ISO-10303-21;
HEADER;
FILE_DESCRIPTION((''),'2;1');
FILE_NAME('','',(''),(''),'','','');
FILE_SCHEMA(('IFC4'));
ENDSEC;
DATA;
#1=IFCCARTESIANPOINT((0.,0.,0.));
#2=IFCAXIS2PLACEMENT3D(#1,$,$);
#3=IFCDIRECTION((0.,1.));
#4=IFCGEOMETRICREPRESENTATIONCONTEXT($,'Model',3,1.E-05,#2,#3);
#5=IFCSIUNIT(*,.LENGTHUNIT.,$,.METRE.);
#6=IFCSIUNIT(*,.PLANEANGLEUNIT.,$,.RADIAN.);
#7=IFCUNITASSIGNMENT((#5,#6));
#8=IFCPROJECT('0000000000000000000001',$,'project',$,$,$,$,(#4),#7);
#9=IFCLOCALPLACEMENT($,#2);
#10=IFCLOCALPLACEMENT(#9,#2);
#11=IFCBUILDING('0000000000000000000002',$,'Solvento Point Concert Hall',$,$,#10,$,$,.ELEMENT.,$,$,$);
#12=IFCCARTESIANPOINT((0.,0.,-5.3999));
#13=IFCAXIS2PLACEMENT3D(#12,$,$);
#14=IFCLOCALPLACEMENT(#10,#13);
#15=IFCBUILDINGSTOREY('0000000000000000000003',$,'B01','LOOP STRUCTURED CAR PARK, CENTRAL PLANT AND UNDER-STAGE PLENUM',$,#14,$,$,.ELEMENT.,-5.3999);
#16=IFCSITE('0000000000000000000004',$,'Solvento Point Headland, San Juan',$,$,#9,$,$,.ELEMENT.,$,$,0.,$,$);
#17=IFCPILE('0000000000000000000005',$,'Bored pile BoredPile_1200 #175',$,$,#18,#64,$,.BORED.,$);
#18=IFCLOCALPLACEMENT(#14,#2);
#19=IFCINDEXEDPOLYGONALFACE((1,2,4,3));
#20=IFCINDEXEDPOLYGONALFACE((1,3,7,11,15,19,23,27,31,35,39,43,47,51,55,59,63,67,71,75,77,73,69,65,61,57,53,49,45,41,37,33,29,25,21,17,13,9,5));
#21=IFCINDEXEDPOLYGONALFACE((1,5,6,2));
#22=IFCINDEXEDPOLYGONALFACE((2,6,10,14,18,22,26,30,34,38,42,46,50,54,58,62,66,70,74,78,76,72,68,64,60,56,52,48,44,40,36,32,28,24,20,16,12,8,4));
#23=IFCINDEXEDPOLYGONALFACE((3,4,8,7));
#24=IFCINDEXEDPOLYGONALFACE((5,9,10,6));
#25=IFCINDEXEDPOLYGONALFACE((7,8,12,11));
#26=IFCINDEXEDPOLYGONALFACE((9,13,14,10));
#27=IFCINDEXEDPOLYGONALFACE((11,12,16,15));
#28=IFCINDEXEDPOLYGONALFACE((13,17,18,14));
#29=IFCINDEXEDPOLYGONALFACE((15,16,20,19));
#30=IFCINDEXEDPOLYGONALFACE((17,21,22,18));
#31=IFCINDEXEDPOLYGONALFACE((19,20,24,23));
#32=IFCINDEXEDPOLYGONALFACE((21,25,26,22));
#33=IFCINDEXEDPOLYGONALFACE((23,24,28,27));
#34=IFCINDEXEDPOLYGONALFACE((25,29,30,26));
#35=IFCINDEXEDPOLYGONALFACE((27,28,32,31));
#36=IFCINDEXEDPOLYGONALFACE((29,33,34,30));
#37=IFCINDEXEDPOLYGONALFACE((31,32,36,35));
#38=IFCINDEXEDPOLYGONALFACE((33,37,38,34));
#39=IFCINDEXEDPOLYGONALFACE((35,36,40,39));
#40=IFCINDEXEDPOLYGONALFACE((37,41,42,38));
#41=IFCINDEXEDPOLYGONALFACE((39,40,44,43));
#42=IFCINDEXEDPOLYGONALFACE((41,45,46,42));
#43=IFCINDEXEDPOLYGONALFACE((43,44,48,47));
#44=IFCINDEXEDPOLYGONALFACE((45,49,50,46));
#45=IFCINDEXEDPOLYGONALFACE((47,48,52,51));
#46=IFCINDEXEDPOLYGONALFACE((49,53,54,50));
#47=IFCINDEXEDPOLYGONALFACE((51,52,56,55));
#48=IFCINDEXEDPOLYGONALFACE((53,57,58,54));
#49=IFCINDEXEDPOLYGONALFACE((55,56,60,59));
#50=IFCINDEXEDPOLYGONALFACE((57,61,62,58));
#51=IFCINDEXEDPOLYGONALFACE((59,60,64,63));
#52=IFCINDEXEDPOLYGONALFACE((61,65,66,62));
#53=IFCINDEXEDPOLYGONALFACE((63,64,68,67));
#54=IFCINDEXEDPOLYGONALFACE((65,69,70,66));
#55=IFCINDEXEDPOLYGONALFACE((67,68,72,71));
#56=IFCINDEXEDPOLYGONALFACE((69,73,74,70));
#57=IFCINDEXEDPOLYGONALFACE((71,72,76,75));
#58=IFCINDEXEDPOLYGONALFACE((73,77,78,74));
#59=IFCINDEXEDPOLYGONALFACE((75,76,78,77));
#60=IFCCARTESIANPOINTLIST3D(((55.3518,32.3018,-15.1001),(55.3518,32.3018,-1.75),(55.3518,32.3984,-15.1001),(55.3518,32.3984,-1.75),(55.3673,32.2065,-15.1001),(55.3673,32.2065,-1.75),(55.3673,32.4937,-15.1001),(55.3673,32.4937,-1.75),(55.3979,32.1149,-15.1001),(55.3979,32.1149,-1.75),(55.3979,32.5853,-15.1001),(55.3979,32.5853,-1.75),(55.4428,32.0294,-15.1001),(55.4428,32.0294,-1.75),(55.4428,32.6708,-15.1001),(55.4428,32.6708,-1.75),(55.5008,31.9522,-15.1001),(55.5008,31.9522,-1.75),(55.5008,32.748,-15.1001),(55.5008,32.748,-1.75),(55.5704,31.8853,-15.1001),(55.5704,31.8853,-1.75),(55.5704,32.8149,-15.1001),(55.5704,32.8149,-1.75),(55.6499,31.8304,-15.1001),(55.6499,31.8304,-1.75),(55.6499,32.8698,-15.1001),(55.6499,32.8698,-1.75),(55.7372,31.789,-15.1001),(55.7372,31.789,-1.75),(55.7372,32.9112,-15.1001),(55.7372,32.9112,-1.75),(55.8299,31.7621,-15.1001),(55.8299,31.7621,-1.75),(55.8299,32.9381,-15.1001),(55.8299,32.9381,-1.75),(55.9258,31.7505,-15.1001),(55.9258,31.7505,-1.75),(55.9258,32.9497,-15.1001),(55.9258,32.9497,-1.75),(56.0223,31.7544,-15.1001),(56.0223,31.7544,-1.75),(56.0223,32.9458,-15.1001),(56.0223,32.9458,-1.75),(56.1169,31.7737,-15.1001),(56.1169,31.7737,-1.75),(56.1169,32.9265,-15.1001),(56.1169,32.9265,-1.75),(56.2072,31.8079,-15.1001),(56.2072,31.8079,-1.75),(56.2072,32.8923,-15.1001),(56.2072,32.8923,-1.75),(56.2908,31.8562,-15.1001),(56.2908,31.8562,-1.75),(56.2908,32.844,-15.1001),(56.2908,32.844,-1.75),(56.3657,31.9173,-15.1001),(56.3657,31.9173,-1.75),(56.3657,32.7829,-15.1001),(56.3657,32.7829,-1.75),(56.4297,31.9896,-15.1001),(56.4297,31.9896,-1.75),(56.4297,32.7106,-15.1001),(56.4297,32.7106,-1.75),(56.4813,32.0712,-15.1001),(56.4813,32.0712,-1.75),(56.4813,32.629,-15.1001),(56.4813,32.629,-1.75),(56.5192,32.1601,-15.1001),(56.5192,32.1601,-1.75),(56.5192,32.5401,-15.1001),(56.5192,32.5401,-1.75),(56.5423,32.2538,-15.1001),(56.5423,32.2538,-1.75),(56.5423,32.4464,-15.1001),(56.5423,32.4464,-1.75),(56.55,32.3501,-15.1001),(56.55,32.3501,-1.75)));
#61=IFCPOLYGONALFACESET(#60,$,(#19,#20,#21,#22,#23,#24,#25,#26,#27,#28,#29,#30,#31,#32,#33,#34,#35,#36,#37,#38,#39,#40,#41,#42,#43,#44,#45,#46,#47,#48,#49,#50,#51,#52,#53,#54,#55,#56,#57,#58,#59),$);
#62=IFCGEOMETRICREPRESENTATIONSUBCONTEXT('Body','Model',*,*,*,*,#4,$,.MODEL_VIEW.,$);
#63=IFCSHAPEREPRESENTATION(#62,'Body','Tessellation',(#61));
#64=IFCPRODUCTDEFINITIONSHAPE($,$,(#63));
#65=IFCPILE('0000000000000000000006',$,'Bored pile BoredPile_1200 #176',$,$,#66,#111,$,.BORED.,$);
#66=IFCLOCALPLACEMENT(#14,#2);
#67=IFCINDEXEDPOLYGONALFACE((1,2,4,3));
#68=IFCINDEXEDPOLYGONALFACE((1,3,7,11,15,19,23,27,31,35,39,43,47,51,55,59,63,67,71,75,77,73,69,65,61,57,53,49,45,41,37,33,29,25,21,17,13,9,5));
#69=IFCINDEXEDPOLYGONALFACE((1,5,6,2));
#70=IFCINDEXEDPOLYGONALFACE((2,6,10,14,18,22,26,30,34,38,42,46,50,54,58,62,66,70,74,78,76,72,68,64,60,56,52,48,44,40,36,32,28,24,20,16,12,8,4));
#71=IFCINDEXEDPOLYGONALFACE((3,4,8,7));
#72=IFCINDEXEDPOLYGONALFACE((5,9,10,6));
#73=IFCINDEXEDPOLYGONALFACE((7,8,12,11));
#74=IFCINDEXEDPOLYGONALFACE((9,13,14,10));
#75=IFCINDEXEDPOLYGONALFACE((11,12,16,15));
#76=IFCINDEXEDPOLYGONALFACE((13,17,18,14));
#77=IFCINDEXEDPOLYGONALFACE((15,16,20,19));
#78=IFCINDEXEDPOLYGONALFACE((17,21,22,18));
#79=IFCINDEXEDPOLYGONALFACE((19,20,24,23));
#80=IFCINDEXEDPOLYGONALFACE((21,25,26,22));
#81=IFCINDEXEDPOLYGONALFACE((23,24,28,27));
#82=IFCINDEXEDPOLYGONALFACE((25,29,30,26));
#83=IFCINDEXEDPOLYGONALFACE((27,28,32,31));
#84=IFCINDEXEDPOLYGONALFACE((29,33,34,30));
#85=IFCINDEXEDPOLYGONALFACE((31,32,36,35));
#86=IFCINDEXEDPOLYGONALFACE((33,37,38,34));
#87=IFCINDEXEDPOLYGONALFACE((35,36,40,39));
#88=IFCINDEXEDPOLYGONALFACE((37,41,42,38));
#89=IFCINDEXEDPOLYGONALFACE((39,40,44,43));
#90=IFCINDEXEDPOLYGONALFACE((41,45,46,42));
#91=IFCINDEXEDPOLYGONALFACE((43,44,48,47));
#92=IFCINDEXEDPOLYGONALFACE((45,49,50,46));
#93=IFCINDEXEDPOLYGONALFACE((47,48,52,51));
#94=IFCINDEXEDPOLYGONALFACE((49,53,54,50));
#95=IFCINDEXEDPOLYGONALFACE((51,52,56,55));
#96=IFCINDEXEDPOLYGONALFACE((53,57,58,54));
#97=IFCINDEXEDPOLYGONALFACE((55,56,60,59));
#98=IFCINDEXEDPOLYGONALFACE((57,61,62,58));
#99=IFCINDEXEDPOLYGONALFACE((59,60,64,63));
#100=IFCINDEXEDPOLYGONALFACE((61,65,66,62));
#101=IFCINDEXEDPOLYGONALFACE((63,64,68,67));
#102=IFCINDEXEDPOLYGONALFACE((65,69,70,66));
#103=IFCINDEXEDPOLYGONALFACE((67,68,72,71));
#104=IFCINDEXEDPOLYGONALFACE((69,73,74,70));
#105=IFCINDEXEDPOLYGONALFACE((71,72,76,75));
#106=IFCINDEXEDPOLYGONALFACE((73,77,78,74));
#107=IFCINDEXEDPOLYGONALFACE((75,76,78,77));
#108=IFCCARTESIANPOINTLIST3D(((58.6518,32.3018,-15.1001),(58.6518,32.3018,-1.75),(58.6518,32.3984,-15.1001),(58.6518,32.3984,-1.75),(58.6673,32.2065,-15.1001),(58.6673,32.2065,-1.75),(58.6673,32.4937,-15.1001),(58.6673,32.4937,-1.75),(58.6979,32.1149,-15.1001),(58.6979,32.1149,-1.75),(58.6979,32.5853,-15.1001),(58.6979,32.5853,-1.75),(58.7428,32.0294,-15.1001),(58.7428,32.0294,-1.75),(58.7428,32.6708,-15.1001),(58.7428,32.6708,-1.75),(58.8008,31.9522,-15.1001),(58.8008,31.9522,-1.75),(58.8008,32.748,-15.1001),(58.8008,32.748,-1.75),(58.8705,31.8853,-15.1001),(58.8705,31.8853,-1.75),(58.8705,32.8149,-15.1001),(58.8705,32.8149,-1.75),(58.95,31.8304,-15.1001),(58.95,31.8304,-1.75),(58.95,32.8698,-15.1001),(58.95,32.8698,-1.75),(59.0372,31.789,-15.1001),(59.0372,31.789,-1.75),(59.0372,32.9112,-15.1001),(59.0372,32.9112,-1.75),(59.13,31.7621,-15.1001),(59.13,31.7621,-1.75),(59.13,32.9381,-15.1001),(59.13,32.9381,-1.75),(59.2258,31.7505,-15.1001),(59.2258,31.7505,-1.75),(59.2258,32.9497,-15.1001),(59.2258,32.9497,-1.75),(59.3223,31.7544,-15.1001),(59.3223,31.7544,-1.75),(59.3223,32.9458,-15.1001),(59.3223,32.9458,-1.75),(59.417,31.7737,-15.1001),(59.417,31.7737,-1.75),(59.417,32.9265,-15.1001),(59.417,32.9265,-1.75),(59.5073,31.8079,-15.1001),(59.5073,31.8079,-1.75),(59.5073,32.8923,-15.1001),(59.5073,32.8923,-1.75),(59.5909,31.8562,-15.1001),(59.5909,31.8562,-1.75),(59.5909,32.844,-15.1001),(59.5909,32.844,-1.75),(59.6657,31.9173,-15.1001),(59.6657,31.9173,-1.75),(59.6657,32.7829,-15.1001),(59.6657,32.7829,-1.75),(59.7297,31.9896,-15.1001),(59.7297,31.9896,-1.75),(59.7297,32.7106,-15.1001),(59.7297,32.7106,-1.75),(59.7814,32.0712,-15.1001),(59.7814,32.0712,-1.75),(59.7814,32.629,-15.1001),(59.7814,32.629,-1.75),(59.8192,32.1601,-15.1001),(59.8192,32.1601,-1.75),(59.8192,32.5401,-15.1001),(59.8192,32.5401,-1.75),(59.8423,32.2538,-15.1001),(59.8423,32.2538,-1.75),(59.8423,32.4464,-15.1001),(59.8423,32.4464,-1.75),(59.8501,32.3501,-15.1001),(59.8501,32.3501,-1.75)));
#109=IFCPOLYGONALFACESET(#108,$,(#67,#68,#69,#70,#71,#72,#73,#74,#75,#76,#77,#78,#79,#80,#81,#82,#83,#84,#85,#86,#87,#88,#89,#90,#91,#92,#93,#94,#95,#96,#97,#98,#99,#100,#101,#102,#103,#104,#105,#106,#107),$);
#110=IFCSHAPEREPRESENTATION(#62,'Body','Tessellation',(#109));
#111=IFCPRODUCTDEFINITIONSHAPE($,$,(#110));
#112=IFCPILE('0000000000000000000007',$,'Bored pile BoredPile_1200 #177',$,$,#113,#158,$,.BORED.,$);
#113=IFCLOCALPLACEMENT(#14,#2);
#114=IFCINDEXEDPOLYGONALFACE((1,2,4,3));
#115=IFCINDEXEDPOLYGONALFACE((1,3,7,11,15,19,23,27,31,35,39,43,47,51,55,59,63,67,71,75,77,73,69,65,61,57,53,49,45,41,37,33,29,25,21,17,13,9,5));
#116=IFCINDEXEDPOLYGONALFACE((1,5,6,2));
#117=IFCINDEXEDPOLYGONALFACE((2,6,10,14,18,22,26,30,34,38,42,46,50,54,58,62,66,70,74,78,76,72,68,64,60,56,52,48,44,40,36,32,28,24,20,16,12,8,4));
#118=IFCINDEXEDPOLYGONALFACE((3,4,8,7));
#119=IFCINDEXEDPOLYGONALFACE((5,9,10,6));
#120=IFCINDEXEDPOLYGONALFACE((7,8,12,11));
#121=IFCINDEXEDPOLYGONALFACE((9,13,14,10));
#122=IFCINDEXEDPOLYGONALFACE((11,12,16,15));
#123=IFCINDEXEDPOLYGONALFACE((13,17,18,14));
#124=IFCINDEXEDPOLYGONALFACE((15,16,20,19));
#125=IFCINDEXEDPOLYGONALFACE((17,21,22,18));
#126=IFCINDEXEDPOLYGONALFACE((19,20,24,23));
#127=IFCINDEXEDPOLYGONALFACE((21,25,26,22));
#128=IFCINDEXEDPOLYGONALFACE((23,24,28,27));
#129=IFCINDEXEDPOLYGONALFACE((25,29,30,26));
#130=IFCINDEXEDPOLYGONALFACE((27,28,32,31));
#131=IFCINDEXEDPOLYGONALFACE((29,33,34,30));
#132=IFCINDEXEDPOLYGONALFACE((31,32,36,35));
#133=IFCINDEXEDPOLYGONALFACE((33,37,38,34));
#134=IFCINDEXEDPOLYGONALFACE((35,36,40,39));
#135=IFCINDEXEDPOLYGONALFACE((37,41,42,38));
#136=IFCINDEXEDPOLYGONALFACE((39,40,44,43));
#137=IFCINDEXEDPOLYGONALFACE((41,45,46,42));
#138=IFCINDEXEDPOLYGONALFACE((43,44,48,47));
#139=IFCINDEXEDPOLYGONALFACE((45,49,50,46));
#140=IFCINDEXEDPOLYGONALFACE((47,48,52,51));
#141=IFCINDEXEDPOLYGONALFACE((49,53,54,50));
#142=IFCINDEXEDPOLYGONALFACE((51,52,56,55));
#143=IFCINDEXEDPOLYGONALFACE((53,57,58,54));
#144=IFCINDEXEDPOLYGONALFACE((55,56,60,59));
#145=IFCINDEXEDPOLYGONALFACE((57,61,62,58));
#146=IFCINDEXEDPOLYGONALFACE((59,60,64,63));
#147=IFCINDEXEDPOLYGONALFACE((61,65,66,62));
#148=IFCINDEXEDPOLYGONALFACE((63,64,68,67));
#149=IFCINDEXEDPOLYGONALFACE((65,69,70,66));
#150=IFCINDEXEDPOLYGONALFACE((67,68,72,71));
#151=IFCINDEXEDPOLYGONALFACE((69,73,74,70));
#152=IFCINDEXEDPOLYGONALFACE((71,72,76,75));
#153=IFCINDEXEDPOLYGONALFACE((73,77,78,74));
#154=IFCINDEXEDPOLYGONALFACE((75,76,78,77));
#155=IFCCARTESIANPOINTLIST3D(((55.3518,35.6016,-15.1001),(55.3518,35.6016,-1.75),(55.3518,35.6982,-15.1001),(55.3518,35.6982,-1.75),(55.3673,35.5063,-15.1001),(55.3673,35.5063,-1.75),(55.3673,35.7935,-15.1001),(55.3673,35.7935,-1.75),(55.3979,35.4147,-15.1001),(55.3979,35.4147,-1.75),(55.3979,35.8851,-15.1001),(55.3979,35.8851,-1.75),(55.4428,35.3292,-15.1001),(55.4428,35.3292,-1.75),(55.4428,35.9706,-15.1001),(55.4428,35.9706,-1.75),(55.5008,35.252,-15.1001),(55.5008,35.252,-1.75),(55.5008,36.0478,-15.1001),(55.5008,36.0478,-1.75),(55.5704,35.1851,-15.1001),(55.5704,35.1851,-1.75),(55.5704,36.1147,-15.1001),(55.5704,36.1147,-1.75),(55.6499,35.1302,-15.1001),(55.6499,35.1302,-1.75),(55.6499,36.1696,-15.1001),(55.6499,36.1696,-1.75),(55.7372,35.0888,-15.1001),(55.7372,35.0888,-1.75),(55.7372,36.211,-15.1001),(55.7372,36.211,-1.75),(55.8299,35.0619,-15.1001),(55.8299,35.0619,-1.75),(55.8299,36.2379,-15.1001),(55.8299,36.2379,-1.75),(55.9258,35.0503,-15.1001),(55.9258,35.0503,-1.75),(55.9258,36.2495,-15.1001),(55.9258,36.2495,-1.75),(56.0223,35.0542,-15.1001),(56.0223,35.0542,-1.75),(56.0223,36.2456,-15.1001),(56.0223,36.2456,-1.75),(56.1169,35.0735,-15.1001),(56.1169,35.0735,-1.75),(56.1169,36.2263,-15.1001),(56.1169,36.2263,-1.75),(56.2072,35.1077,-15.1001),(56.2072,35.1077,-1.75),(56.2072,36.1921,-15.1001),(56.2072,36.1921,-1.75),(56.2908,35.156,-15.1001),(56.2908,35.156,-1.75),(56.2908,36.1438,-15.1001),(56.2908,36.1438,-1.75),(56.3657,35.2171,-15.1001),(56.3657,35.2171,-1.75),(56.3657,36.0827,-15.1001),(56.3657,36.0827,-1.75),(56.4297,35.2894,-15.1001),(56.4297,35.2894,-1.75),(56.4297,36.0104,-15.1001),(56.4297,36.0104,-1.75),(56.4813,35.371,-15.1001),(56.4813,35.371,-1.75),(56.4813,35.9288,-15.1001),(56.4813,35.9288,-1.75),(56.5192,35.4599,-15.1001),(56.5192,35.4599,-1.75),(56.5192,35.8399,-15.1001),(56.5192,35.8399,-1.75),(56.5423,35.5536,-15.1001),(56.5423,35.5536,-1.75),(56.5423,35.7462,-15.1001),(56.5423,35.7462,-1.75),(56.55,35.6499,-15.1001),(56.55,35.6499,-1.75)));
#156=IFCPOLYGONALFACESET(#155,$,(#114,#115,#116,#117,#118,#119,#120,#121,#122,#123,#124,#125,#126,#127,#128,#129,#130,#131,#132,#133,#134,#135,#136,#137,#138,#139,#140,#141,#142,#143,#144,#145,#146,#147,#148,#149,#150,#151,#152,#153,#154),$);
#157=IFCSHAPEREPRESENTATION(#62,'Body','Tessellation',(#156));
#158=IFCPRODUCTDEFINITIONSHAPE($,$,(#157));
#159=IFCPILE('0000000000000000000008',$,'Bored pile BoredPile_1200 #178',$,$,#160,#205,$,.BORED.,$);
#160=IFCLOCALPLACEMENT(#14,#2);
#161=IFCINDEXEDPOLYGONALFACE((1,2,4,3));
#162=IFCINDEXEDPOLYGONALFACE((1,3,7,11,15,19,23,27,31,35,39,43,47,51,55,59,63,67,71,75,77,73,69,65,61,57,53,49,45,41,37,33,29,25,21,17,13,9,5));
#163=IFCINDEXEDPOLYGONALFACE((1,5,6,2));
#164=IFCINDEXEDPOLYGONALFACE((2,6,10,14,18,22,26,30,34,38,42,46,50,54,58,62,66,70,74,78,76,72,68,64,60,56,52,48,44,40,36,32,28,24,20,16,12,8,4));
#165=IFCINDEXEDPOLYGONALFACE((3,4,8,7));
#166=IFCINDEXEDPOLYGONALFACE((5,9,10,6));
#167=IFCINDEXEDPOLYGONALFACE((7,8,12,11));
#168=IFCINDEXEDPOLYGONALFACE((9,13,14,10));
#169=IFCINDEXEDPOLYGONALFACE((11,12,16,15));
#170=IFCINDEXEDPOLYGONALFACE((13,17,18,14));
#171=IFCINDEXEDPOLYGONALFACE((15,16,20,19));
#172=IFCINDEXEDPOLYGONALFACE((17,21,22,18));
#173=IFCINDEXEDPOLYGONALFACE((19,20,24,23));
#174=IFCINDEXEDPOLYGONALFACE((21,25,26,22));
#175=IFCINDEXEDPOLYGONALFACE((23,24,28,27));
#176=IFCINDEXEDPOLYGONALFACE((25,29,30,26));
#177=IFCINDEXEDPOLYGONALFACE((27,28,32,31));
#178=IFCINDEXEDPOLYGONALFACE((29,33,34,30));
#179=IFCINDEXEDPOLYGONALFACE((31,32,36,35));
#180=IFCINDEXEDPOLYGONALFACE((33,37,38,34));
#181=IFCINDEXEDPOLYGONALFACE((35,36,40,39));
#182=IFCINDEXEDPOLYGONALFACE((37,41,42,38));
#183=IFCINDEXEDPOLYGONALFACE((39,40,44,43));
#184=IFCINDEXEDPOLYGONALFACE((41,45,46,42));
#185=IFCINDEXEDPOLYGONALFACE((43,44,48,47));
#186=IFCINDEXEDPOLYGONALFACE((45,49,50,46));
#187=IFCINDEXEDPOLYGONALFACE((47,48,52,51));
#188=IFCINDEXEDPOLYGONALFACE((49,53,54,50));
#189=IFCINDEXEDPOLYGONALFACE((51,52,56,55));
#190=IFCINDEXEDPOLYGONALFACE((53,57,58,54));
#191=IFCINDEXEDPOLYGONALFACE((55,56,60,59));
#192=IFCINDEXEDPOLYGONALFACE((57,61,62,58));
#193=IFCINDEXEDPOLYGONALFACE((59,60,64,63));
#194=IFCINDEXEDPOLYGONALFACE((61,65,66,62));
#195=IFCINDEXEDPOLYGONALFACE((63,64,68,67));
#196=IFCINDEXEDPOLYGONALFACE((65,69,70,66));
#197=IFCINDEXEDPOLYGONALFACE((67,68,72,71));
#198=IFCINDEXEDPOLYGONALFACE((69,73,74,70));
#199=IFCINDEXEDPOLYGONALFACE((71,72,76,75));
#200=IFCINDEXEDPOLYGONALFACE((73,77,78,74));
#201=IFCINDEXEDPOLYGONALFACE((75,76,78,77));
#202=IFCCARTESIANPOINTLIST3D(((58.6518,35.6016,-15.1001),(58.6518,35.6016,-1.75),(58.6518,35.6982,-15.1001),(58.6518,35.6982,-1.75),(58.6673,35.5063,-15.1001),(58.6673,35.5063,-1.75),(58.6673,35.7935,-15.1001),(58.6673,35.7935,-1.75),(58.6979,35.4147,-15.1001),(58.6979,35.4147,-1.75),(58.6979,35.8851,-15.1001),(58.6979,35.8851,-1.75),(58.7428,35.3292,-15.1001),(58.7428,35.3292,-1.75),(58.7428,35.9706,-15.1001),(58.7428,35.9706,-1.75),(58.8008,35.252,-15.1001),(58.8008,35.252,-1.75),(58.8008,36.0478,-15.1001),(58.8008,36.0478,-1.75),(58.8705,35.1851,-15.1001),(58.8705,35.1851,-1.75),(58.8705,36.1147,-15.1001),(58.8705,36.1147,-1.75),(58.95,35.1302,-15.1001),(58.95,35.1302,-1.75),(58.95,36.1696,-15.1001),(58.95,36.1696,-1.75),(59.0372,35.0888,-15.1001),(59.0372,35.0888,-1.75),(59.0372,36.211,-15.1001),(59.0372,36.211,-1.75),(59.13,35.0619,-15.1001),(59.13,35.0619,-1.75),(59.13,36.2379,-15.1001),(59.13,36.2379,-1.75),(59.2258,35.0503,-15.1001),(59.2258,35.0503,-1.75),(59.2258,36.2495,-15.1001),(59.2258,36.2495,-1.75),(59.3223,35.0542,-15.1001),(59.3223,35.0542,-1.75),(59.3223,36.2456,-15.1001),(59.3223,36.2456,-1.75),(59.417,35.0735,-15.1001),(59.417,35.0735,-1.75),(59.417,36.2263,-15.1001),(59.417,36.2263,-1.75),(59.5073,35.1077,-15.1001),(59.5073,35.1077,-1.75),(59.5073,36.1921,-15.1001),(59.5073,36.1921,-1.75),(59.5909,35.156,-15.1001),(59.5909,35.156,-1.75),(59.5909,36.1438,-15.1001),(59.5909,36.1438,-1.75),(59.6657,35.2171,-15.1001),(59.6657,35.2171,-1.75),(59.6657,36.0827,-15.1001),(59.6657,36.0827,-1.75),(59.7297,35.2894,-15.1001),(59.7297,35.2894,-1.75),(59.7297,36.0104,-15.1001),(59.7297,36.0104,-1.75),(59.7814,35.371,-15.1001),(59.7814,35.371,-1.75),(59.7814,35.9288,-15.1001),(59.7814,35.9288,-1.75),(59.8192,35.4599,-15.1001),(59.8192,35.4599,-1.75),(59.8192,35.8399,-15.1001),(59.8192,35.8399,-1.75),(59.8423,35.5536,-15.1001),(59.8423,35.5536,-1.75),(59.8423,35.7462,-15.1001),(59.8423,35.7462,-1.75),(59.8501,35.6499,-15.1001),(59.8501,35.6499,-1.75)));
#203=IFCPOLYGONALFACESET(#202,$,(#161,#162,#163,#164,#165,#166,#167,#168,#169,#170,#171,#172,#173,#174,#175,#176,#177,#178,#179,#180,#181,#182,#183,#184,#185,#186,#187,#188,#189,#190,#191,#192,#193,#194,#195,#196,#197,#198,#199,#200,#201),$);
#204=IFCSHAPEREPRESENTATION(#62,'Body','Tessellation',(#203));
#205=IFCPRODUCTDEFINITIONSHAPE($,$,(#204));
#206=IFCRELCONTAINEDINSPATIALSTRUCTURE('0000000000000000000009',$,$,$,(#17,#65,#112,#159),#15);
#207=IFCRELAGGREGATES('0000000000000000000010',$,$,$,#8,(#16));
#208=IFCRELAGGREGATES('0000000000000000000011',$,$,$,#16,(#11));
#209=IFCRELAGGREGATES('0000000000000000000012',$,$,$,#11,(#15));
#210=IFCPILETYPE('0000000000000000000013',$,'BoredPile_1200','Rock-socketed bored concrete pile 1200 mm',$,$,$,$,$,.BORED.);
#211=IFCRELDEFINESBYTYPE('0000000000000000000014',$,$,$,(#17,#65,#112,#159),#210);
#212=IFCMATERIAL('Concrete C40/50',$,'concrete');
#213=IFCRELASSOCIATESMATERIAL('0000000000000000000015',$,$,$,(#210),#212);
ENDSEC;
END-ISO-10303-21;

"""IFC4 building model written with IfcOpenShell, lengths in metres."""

from ifc_helpers import new_model, si_unit, direction, frame, origin, origin_2d, place, context, subcontext, project, spatial, circle, extrude, material, material_profile, profile_set, type_object, element, save


model = new_model("IFC4")

# Units and contexts
model_context = context("Model", 3, precision=1e-05, world=origin(), true_north=direction((0.0, 1.0)))
body_context = subcontext(model_context, "Body", "Model", "MODEL_VIEW")
ifc_project = project(units=[si_unit("LENGTHUNIT", "METRE"), si_unit("PLANEANGLEUNIT", "RADIAN")], contexts=[model_context])

# Site, building, storey
site_placement = place(None, origin())
site = spatial("IfcSite", under=ifc_project, at=site_placement, Name="Solvento Point Headland, San Juan", CompositionType="ELEMENT", RefElevation=0.0)
building_placement = place(site_placement, origin())
building = spatial("IfcBuilding", under=site, at=building_placement, Name="Solvento Point Concert Hall", CompositionType="ELEMENT")
storey_placement = place(building_placement, frame((0.0, 0.0, -5.3999)))
storey = spatial("IfcBuildingStorey", under=building, at=storey_placement, Name="B01", Description="LOOP STRUCTURED CAR PARK, CENTRAL PLANT AND UNDER-STAGE PLENUM", CompositionType="ELEMENT", Elevation=-5.3999)

# Piles
ifc_material_1 = material(Name="Concrete C40/50", Category="concrete")
ifc_material_profile_1 = material_profile(ifc_material_1, circle(Radius=0.6001, at=origin_2d()), Name="BP-1200")
ifc_profile_set_1 = profile_set([ifc_material_profile_1], Name="Concrete C40/50")
pile_type_1 = type_object("IfcPileType", Name="BoredPile_1200", Description="Rock-socketed bored concrete pile 1200 mm", PredefinedType="BORED", material=ifc_profile_set_1)
for number, where, z_axis, x_axis, name in (
    (1, (55.95, 32.3501, -1.75), (0.0, 0.0, -1.0), (1.0, 0.0, 0.0), "Bored pile BoredPile_1200 #175"),
    (2, (59.25, 32.3501, -1.75), (0.0, 0.0, -1.0), (1.0, 0.0, 0.0), "Bored pile BoredPile_1200 #176"),
    (3, (55.95, 35.6499, -1.75), (0.0, 0.0, -1.0), (1.0, 0.0, 0.0), "Bored pile BoredPile_1200 #177"),
    (4, (59.25, 35.6499, -1.75), (0.0, 0.0, -1.0), (1.0, 0.0, 0.0), "Bored pile BoredPile_1200 #178"),
):
    element("IfcPile", number, at=place(storey_placement, frame(where, z_axis=z_axis, x_axis=x_axis)), inside=storey, type_object=pile_type_1, Name=name, PredefinedType="BORED", context=body_context, shape_type="SweptSolid", body=[
        extrude(circle(Radius=0.6001, at=origin_2d()), origin(), (0.0, 0.0, 1.0), 13.3501),
    ])

save(model, "model.ifc")
